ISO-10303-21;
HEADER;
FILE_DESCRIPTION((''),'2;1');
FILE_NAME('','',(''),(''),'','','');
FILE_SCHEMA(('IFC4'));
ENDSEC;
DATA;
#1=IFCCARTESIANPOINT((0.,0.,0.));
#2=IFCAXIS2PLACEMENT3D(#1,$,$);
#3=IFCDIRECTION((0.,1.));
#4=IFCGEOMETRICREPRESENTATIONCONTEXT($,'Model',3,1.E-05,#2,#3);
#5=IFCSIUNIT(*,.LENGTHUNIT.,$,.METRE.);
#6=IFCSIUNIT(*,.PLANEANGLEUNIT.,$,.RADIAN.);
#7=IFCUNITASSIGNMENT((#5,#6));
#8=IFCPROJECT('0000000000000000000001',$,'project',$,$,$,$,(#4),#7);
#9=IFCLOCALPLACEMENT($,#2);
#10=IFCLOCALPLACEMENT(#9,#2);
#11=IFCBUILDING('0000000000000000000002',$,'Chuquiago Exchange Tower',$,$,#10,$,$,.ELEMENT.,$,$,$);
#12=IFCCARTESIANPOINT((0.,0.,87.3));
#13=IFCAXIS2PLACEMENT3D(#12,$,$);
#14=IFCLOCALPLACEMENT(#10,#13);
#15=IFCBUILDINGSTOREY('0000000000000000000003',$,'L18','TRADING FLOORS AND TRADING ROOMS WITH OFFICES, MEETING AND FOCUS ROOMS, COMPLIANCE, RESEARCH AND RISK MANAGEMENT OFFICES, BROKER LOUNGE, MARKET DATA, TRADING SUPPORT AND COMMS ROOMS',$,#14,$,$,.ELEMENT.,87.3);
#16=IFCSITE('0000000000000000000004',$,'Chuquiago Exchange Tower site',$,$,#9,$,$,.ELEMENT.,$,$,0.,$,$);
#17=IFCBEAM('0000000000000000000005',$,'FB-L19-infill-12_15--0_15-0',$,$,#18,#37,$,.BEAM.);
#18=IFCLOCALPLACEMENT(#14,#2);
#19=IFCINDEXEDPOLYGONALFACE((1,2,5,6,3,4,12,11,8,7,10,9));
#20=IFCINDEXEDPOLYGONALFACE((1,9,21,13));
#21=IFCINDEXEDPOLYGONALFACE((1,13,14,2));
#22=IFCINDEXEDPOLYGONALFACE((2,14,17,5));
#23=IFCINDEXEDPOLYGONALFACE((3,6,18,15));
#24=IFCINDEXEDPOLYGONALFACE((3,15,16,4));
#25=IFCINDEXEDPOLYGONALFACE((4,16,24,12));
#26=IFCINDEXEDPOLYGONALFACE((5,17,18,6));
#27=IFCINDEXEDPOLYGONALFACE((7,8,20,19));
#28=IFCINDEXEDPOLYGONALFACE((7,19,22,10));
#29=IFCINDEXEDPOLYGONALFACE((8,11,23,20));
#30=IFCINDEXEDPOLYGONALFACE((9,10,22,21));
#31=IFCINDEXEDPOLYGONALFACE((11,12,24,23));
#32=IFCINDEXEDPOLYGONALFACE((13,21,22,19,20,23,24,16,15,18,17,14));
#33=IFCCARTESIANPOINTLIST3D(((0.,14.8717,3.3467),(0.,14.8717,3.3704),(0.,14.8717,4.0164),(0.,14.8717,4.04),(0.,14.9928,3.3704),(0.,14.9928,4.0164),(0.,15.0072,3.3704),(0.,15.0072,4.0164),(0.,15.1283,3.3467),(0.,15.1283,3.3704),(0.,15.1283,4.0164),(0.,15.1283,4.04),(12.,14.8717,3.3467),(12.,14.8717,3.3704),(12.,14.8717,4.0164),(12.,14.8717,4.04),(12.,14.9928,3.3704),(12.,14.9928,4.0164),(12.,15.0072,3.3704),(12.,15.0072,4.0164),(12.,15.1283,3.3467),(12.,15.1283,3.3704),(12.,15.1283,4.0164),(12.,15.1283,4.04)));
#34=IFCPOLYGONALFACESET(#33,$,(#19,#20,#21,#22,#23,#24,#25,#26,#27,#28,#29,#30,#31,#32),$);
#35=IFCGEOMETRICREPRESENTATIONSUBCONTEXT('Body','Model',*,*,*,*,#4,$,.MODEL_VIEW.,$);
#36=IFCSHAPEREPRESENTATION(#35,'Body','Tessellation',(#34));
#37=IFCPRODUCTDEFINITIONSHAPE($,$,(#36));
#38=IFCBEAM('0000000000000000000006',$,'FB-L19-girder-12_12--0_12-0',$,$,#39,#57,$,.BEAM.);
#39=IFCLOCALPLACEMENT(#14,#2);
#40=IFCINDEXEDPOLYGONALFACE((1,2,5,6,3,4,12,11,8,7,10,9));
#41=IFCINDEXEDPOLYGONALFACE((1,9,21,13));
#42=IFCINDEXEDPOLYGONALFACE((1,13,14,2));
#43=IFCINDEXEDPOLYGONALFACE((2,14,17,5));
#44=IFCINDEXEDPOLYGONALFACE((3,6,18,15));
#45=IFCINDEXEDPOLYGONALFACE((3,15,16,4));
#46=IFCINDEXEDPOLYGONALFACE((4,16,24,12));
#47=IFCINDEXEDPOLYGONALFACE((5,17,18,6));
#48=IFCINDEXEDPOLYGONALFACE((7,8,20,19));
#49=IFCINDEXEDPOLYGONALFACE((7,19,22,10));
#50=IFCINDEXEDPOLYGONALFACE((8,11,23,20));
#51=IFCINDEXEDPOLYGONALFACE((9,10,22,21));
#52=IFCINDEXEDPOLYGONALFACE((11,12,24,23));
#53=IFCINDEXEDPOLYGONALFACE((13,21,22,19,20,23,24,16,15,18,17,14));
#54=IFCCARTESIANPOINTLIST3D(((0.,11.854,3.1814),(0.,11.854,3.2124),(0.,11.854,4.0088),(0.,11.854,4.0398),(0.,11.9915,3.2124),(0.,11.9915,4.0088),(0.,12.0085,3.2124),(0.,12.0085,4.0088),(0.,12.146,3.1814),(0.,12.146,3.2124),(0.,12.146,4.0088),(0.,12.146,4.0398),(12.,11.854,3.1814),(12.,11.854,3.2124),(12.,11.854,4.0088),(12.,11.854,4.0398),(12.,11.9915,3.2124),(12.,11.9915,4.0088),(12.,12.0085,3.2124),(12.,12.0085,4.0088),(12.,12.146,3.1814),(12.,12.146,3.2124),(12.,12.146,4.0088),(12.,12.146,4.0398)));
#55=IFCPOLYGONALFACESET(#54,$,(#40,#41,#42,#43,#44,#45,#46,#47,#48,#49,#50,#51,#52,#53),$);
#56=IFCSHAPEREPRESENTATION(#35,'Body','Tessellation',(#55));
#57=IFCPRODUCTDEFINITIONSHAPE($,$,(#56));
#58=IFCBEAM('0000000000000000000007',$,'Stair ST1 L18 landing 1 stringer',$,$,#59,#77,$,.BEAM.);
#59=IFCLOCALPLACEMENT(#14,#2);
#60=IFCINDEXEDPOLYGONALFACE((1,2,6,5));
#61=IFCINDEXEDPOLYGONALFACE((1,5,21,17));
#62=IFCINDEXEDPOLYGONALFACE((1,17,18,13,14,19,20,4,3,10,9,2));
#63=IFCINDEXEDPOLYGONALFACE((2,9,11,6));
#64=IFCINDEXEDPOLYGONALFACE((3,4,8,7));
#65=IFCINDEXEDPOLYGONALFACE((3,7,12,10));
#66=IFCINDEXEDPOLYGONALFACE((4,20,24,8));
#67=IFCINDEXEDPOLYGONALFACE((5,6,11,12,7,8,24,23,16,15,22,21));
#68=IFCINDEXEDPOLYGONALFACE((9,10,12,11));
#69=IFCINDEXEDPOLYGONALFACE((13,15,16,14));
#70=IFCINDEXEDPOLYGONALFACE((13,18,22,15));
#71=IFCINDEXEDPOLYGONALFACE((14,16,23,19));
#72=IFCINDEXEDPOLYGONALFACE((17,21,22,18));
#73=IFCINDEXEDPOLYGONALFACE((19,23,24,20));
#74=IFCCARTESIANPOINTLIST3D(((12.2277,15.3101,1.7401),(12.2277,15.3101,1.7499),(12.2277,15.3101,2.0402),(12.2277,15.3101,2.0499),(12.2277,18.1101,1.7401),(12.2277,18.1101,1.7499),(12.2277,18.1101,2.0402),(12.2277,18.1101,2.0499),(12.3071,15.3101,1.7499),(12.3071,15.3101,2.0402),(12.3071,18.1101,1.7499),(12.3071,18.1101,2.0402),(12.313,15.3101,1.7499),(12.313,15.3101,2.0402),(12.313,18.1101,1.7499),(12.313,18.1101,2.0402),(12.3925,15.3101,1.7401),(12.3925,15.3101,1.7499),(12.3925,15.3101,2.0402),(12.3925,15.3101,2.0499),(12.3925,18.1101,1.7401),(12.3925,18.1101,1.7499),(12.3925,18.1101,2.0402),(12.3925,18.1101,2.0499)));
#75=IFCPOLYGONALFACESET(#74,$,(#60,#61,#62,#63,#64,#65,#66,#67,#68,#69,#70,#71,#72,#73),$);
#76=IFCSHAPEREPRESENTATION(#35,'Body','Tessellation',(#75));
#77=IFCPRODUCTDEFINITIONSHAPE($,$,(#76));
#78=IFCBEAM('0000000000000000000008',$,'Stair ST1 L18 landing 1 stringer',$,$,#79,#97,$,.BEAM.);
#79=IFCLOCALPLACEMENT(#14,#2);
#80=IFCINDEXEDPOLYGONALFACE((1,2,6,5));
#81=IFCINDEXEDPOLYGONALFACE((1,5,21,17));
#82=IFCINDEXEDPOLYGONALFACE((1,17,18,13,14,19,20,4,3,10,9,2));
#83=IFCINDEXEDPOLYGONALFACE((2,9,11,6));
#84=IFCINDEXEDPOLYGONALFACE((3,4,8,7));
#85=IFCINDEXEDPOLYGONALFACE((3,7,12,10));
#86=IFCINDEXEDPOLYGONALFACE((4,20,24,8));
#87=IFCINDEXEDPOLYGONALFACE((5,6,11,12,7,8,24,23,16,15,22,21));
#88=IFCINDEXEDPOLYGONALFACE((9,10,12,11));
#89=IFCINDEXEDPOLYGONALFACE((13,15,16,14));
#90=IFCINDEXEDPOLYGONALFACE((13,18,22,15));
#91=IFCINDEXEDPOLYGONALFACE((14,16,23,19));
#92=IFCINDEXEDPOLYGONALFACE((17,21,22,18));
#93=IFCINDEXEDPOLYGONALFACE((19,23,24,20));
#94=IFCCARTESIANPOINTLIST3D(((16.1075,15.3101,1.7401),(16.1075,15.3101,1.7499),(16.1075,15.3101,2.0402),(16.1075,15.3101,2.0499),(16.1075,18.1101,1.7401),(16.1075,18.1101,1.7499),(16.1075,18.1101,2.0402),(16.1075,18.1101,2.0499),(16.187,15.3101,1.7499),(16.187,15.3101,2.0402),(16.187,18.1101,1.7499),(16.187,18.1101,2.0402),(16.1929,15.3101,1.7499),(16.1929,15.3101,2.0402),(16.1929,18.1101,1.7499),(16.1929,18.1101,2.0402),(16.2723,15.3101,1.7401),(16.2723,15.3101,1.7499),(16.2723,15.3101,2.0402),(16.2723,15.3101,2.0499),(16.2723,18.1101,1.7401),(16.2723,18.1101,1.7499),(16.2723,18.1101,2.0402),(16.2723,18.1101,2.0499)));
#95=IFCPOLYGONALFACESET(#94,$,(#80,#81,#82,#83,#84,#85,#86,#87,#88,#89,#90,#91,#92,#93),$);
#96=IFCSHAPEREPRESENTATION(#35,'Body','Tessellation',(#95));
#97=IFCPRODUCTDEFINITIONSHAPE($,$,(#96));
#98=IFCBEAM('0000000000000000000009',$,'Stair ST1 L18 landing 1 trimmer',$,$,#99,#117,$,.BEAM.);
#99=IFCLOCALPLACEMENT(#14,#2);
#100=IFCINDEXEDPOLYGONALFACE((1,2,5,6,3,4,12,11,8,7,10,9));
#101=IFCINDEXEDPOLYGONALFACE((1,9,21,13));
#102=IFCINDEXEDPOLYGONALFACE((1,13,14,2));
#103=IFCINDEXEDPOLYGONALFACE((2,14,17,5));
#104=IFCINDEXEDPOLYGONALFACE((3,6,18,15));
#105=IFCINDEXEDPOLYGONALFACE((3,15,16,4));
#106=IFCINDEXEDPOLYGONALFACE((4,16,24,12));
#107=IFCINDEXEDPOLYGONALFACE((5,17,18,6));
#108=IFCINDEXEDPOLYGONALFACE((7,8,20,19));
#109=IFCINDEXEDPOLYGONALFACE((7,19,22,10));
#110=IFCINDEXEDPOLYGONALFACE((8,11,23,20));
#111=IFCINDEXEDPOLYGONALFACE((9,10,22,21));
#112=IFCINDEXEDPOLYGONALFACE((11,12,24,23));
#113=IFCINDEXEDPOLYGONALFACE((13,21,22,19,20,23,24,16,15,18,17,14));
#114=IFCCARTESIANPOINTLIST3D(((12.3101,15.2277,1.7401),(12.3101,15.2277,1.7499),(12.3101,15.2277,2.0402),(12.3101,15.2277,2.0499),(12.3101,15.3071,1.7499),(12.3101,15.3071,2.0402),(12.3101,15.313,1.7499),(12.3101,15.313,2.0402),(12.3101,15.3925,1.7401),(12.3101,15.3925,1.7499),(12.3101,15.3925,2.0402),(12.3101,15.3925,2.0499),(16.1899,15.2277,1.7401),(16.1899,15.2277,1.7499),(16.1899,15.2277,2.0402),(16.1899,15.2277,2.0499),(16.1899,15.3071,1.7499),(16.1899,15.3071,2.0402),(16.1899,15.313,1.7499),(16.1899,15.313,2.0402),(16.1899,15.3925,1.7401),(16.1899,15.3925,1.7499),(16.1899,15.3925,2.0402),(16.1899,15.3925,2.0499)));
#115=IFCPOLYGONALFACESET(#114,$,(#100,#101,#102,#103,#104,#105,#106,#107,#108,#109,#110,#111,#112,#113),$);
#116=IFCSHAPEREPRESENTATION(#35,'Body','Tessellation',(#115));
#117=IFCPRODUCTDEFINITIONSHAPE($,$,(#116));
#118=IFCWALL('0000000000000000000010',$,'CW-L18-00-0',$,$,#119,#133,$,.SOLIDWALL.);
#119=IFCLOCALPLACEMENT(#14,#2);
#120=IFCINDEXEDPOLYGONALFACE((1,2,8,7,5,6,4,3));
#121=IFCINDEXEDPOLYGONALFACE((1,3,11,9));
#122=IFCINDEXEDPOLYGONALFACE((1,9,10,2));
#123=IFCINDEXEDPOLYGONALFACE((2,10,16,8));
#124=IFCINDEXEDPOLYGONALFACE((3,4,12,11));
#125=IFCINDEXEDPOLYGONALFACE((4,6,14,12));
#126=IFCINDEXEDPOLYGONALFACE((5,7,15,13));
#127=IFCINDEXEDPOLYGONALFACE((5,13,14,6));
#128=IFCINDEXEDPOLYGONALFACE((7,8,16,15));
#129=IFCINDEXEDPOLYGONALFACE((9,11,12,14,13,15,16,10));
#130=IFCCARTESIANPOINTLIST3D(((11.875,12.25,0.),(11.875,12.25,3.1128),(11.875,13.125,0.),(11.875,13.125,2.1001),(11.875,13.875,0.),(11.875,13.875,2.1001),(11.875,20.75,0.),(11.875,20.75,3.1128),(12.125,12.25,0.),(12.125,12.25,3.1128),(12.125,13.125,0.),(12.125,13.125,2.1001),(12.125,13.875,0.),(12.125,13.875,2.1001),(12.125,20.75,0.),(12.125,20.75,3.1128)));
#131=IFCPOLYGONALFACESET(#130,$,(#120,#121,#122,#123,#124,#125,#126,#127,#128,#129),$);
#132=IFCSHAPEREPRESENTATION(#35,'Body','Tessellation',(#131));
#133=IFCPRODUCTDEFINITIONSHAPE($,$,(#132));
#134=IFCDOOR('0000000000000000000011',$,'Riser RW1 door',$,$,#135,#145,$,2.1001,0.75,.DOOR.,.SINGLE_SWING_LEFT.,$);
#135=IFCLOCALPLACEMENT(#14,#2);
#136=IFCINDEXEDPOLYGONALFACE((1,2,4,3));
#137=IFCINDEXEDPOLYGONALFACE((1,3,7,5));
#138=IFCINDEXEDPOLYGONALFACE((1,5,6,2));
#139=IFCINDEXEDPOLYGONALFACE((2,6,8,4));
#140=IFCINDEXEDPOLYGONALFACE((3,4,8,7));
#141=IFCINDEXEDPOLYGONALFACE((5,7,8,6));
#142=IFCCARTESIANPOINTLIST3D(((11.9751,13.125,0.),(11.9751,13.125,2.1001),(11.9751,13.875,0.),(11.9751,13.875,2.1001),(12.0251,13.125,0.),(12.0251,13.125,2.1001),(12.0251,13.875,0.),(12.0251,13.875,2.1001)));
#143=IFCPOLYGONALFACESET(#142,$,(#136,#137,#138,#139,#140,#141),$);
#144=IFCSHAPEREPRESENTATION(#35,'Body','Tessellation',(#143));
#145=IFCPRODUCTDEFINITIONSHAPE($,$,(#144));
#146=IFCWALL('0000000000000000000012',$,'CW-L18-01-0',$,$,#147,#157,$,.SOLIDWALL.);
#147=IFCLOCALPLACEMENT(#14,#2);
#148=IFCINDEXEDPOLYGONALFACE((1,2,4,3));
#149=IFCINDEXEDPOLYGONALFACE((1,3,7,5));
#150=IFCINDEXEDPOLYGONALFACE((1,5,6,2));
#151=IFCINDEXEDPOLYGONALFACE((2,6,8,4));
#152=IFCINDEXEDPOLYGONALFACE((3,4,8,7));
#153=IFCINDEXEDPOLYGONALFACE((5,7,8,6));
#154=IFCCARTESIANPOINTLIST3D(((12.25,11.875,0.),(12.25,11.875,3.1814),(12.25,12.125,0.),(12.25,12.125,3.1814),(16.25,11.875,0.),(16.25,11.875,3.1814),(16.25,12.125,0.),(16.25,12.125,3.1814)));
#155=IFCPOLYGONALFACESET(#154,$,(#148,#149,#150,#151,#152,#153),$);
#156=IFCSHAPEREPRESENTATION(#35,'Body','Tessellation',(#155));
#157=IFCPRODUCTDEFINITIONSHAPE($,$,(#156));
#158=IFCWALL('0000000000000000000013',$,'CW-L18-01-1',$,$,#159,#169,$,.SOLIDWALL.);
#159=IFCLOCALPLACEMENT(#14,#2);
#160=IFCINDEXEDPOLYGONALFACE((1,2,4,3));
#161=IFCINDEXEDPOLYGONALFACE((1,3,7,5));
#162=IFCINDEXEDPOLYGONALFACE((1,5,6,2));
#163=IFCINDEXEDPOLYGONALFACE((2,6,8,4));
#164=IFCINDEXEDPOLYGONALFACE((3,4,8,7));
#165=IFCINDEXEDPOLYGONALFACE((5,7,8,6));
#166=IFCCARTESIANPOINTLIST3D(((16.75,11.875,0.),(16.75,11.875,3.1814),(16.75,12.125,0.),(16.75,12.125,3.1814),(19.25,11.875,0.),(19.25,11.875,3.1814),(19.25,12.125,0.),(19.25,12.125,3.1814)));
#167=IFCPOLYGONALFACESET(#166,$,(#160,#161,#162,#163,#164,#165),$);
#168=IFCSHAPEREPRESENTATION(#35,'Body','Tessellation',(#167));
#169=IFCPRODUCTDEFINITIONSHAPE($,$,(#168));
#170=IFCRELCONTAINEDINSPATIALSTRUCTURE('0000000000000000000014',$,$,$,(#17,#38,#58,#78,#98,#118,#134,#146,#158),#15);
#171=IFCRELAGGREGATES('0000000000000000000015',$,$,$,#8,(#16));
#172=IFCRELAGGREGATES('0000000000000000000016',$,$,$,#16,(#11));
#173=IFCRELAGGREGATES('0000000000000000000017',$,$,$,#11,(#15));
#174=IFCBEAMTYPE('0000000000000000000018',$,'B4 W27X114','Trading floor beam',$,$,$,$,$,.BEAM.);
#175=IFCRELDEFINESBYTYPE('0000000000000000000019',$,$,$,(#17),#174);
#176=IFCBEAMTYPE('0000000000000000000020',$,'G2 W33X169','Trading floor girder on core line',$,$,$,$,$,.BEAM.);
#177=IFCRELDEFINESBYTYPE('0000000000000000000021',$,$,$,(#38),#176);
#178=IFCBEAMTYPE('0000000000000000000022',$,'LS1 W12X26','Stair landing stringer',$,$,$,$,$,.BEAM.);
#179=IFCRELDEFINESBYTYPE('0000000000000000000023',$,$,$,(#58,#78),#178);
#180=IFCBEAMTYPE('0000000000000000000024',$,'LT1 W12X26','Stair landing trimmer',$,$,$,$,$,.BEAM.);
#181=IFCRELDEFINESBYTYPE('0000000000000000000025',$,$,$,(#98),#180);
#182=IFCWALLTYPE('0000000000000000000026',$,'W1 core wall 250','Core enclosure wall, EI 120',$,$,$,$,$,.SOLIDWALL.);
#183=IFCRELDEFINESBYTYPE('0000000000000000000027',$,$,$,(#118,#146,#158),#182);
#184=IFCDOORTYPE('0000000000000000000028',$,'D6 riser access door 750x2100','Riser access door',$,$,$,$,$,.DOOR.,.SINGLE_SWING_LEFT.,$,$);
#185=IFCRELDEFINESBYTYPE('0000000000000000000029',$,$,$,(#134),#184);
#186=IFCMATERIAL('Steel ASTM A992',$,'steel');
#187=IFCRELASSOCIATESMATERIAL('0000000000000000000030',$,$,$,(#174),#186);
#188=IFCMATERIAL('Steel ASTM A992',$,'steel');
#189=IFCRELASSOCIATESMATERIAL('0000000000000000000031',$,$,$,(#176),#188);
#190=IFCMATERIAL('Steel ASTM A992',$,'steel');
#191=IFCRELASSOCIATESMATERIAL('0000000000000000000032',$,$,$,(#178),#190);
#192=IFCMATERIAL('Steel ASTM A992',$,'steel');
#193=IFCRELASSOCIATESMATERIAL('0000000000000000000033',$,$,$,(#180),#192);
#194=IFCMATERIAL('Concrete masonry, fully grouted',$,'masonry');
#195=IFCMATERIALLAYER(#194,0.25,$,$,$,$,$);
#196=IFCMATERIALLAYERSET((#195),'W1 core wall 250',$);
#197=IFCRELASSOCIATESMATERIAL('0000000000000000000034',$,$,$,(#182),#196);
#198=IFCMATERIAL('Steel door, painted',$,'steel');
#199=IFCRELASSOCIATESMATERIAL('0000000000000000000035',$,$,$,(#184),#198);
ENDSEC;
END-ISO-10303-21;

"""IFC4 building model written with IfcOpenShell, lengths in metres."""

from ifc_helpers import new_model, si_unit, direction, frame, frame_2d, origin, origin_2d, place, context, subcontext, project, spatial, rectangle, i_section, extrude, material, layer, layer_set, material_profile, profile_set, type_object, element, fill, save


model = new_model("IFC4")

# Units and contexts
model_context = context("Model", 3, precision=1e-05, world=origin(), true_north=direction((0.0, 1.0)))
body_context = subcontext(model_context, "Body", "Model", "MODEL_VIEW")
ifc_project = project(units=[si_unit("LENGTHUNIT", "METRE"), si_unit("PLANEANGLEUNIT", "RADIAN")], contexts=[model_context])

# Site, building, storey
site_placement = place(None, origin())
site = spatial("IfcSite", under=ifc_project, at=site_placement, Name="Chuquiago Exchange Tower site", CompositionType="ELEMENT", RefElevation=0.0)
building_placement = place(site_placement, origin())
building = spatial("IfcBuilding", under=site, at=building_placement, Name="Chuquiago Exchange Tower", CompositionType="ELEMENT")
storey_placement = place(building_placement, frame((0.0, 0.0, 87.3)))
storey = spatial("IfcBuildingStorey", under=building, at=storey_placement, Name="L18", Description="TRADING FLOORS AND TRADING ROOMS WITH OFFICES, MEETING AND FOCUS ROOMS, COMPLIANCE, RESEARCH AND RISK MANAGEMENT OFFICES, BROKER LOUNGE, MARKET DATA, TRADING SUPPORT AND COMMS ROOMS", CompositionType="ELEMENT", Elevation=87.3)

# Beams
ifc_material_1 = material(Name="Steel ASTM A992", Category="steel")
ifc_material_profile_1 = material_profile(ifc_material_1, i_section(OverallWidth=0.2566, OverallDepth=0.6934, WebThickness=0.0144, FlangeThickness=0.0237, at=origin_2d()), Name="W27X114")
ifc_profile_set_1 = profile_set([ifc_material_profile_1], Name="Steel ASTM A992")
beam_type_1 = type_object("IfcBeamType", Name="B4 W27X114", Description="Trading floor beam", PredefinedType="BEAM", material=ifc_profile_set_1)
for number, where, z_axis, x_axis, name in (
    (1, (12.0, 15.0, 3.6934), (-1.0, 0.0, 0.0), (0.0, -1.0, 0.0), "FB-L19-infill-12_15--0_15-0"),
):
    element("IfcBeam", number, at=place(storey_placement, frame(where, z_axis=z_axis, x_axis=x_axis)), inside=storey, type_object=beam_type_1, Name=name, PredefinedType="BEAM", context=body_context, shape_type="SweptSolid", body=[
        extrude(i_section(OverallWidth=0.2566, OverallDepth=0.6934, WebThickness=0.0144, FlangeThickness=0.0237, at=origin_2d()), origin(), (0.0, 0.0, 1.0), 12.0),
    ])
ifc_material_2 = material(Name="Steel ASTM A992", Category="steel")
ifc_material_profile_2 = material_profile(ifc_material_2, i_section(OverallWidth=0.292, OverallDepth=0.8584, WebThickness=0.0171, FlangeThickness=0.031, at=origin_2d()), Name="W33X169")
ifc_profile_set_2 = profile_set([ifc_material_profile_2], Name="Steel ASTM A992")
beam_type_2 = type_object("IfcBeamType", Name="G2 W33X169", Description="Trading floor girder on core line", PredefinedType="BEAM", material=ifc_profile_set_2)
beam_1_placement = place(storey_placement, frame((12.0, 12.0, 3.6106), z_axis=(-1.0, 0.0, 0.0), x_axis=(0.0, -1.0, 0.0)))
element("IfcBeam", 2, at=beam_1_placement, inside=storey, type_object=beam_type_2, Name="FB-L19-girder-12_12--0_12-0", PredefinedType="BEAM", context=body_context, shape_type="SweptSolid", body=[
    extrude(i_section(OverallWidth=0.292, OverallDepth=0.8584, WebThickness=0.0171, FlangeThickness=0.031, at=origin_2d()), origin(), (0.0, 0.0, 1.0), 12.0),
])
ifc_material_3 = material(Name="Steel ASTM A992", Category="steel")
ifc_material_profile_3 = material_profile(ifc_material_3, i_section(OverallWidth=0.1648, OverallDepth=0.3098, WebThickness=0.0059, FlangeThickness=0.0098, at=origin_2d()), Name="W12X26")
ifc_profile_set_3 = profile_set([ifc_material_profile_3], Name="Steel ASTM A992")
beam_type_3 = type_object("IfcBeamType", Name="LS1 W12X26", Description="Stair landing stringer", PredefinedType="BEAM", material=ifc_profile_set_3)
for number, where, z_axis, x_axis, name in (
    (3, (12.3101, 15.3101, 1.895), (0.0, 1.0, 0.0), (-1.0, 0.0, 0.0), "Stair ST1 L18 landing 1 stringer"),
    (4, (16.1899, 15.3101, 1.895), (0.0, 1.0, 0.0), (-1.0, 0.0, 0.0), "Stair ST1 L18 landing 1 stringer"),
):
    element("IfcBeam", number, at=place(storey_placement, frame(where, z_axis=z_axis, x_axis=x_axis)), inside=storey, type_object=beam_type_3, Name=name, PredefinedType="BEAM", context=body_context, shape_type="SweptSolid", body=[
        extrude(i_section(OverallWidth=0.1648, OverallDepth=0.3098, WebThickness=0.0059, FlangeThickness=0.0098, at=origin_2d()), origin(), (0.0, 0.0, 1.0), 2.8),
    ])
ifc_material_4 = material(Name="Steel ASTM A992", Category="steel")
ifc_material_profile_4 = material_profile(ifc_material_4, i_section(OverallWidth=0.1648, OverallDepth=0.3098, WebThickness=0.0059, FlangeThickness=0.0098, at=origin_2d()), Name="W12X26")
ifc_profile_set_4 = profile_set([ifc_material_profile_4], Name="Steel ASTM A992")
beam_type_4 = type_object("IfcBeamType", Name="LT1 W12X26", Description="Stair landing trimmer", PredefinedType="BEAM", material=ifc_profile_set_4)
beam_2_placement = place(storey_placement, frame((12.3101, 15.3101, 1.895), z_axis=(1.0, 0.0, 0.0), x_axis=(0.0, 1.0, 0.0)))
element("IfcBeam", 5, at=beam_2_placement, inside=storey, type_object=beam_type_4, Name="Stair ST1 L18 landing 1 trimmer", PredefinedType="BEAM", context=body_context, shape_type="SweptSolid", body=[
    extrude(i_section(OverallWidth=0.1648, OverallDepth=0.3098, WebThickness=0.0059, FlangeThickness=0.0098, at=origin_2d()), origin(), (0.0, 0.0, 1.0), 3.8799),
])

# Wall, opening, door
ifc_material_5 = material(Name="Concrete masonry, fully grouted", Category="masonry")
ifc_layer_1 = layer(ifc_material_5, 0.25)
ifc_layer_set_1 = layer_set([ifc_layer_1], Name="W1 core wall 250")
wall_type_1 = type_object("IfcWallType", Name="W1 core wall 250", Description="Core enclosure wall, EI 120", PredefinedType="SOLIDWALL", material=ifc_layer_set_1)
wall_1_placement = place(storey_placement, frame((12.0, 12.25, 0.0), z_axis=(0.0, 0.0, 1.0), x_axis=(0.0, 1.0, 0.0)))
wall_1 = element("IfcWall", 6, at=wall_1_placement, inside=storey, type_object=wall_type_1, Name="CW-L18-00-0", PredefinedType="SOLIDWALL", context=body_context, shape_type="SweptSolid", body=[
    extrude(rectangle(XDim=8.5, YDim=0.25, at=frame_2d((4.25, 0.0))), origin(), (0.0, 0.0, 1.0), 3.1128),
])
opening_placement = place(wall_1_placement, frame((0.875, 0.0, 0.0)))
opening = element("IfcOpeningElement", 7, at=opening_placement, cuts=wall_1, PredefinedType="OPENING", context=body_context, shape_type="SweptSolid", body=[
    extrude(rectangle(XDim=0.75, YDim=2.1001, at=frame_2d((0.375, 1.05))), frame((0.0, 0.135, 0.0), z_axis=(0.0, -1.0, 0.0), x_axis=(1.0, 0.0, 0.0)), (0.0, 0.0, 1.0), 0.27),
])
ifc_material_6 = material(Name="Steel door, painted", Category="steel")
door_type = type_object("IfcDoorType", Name="D6 riser access door 750x2100", Description="Riser access door", OperationType="SINGLE_SWING_LEFT", PredefinedType="DOOR", material=ifc_material_6)
door_placement = place(opening_placement, origin())
door = element("IfcDoor", 8, at=door_placement, inside=storey, type_object=door_type, Name="Riser RW1 door", OperationType="SINGLE_SWING_LEFT", OverallHeight=2.1001, OverallWidth=0.75, PredefinedType="DOOR", context=body_context, shape_type="SweptSolid", body=[
    extrude(rectangle(XDim=0.75, YDim=2.1001, at=frame_2d((0.375, 1.05))), frame((0.0, 0.0249, 0.0), z_axis=(0.0, -1.0, 0.0), x_axis=(1.0, 0.0, 0.0)), (0.0, 0.0, 1.0), 0.05),
])
fill(opening, door)

# Walls
wall_2_placement = place(storey_placement, frame((12.25, 12.0, 0.0), z_axis=(0.0, 0.0, 1.0), x_axis=(1.0, 0.0, 0.0)))
element("IfcWall", 9, at=wall_2_placement, inside=storey, type_object=wall_type_1, Name="CW-L18-01-0", PredefinedType="SOLIDWALL", context=body_context, shape_type="SweptSolid", body=[
    extrude(rectangle(XDim=4.0, YDim=0.25, at=frame_2d((2.0, 0.0))), origin(), (0.0, 0.0, 1.0), 3.1814),
])
wall_3_placement = place(storey_placement, frame((16.75, 12.0, 0.0), z_axis=(0.0, 0.0, 1.0), x_axis=(1.0, 0.0, 0.0)))
element("IfcWall", 10, at=wall_3_placement, inside=storey, type_object=wall_type_1, Name="CW-L18-01-1", PredefinedType="SOLIDWALL", context=body_context, shape_type="SweptSolid", body=[
    extrude(rectangle(XDim=2.5, YDim=0.25, at=frame_2d((1.25, 0.0))), origin(), (0.0, 0.0, 1.0), 3.1814),
])

save(model, "model.ifc")
